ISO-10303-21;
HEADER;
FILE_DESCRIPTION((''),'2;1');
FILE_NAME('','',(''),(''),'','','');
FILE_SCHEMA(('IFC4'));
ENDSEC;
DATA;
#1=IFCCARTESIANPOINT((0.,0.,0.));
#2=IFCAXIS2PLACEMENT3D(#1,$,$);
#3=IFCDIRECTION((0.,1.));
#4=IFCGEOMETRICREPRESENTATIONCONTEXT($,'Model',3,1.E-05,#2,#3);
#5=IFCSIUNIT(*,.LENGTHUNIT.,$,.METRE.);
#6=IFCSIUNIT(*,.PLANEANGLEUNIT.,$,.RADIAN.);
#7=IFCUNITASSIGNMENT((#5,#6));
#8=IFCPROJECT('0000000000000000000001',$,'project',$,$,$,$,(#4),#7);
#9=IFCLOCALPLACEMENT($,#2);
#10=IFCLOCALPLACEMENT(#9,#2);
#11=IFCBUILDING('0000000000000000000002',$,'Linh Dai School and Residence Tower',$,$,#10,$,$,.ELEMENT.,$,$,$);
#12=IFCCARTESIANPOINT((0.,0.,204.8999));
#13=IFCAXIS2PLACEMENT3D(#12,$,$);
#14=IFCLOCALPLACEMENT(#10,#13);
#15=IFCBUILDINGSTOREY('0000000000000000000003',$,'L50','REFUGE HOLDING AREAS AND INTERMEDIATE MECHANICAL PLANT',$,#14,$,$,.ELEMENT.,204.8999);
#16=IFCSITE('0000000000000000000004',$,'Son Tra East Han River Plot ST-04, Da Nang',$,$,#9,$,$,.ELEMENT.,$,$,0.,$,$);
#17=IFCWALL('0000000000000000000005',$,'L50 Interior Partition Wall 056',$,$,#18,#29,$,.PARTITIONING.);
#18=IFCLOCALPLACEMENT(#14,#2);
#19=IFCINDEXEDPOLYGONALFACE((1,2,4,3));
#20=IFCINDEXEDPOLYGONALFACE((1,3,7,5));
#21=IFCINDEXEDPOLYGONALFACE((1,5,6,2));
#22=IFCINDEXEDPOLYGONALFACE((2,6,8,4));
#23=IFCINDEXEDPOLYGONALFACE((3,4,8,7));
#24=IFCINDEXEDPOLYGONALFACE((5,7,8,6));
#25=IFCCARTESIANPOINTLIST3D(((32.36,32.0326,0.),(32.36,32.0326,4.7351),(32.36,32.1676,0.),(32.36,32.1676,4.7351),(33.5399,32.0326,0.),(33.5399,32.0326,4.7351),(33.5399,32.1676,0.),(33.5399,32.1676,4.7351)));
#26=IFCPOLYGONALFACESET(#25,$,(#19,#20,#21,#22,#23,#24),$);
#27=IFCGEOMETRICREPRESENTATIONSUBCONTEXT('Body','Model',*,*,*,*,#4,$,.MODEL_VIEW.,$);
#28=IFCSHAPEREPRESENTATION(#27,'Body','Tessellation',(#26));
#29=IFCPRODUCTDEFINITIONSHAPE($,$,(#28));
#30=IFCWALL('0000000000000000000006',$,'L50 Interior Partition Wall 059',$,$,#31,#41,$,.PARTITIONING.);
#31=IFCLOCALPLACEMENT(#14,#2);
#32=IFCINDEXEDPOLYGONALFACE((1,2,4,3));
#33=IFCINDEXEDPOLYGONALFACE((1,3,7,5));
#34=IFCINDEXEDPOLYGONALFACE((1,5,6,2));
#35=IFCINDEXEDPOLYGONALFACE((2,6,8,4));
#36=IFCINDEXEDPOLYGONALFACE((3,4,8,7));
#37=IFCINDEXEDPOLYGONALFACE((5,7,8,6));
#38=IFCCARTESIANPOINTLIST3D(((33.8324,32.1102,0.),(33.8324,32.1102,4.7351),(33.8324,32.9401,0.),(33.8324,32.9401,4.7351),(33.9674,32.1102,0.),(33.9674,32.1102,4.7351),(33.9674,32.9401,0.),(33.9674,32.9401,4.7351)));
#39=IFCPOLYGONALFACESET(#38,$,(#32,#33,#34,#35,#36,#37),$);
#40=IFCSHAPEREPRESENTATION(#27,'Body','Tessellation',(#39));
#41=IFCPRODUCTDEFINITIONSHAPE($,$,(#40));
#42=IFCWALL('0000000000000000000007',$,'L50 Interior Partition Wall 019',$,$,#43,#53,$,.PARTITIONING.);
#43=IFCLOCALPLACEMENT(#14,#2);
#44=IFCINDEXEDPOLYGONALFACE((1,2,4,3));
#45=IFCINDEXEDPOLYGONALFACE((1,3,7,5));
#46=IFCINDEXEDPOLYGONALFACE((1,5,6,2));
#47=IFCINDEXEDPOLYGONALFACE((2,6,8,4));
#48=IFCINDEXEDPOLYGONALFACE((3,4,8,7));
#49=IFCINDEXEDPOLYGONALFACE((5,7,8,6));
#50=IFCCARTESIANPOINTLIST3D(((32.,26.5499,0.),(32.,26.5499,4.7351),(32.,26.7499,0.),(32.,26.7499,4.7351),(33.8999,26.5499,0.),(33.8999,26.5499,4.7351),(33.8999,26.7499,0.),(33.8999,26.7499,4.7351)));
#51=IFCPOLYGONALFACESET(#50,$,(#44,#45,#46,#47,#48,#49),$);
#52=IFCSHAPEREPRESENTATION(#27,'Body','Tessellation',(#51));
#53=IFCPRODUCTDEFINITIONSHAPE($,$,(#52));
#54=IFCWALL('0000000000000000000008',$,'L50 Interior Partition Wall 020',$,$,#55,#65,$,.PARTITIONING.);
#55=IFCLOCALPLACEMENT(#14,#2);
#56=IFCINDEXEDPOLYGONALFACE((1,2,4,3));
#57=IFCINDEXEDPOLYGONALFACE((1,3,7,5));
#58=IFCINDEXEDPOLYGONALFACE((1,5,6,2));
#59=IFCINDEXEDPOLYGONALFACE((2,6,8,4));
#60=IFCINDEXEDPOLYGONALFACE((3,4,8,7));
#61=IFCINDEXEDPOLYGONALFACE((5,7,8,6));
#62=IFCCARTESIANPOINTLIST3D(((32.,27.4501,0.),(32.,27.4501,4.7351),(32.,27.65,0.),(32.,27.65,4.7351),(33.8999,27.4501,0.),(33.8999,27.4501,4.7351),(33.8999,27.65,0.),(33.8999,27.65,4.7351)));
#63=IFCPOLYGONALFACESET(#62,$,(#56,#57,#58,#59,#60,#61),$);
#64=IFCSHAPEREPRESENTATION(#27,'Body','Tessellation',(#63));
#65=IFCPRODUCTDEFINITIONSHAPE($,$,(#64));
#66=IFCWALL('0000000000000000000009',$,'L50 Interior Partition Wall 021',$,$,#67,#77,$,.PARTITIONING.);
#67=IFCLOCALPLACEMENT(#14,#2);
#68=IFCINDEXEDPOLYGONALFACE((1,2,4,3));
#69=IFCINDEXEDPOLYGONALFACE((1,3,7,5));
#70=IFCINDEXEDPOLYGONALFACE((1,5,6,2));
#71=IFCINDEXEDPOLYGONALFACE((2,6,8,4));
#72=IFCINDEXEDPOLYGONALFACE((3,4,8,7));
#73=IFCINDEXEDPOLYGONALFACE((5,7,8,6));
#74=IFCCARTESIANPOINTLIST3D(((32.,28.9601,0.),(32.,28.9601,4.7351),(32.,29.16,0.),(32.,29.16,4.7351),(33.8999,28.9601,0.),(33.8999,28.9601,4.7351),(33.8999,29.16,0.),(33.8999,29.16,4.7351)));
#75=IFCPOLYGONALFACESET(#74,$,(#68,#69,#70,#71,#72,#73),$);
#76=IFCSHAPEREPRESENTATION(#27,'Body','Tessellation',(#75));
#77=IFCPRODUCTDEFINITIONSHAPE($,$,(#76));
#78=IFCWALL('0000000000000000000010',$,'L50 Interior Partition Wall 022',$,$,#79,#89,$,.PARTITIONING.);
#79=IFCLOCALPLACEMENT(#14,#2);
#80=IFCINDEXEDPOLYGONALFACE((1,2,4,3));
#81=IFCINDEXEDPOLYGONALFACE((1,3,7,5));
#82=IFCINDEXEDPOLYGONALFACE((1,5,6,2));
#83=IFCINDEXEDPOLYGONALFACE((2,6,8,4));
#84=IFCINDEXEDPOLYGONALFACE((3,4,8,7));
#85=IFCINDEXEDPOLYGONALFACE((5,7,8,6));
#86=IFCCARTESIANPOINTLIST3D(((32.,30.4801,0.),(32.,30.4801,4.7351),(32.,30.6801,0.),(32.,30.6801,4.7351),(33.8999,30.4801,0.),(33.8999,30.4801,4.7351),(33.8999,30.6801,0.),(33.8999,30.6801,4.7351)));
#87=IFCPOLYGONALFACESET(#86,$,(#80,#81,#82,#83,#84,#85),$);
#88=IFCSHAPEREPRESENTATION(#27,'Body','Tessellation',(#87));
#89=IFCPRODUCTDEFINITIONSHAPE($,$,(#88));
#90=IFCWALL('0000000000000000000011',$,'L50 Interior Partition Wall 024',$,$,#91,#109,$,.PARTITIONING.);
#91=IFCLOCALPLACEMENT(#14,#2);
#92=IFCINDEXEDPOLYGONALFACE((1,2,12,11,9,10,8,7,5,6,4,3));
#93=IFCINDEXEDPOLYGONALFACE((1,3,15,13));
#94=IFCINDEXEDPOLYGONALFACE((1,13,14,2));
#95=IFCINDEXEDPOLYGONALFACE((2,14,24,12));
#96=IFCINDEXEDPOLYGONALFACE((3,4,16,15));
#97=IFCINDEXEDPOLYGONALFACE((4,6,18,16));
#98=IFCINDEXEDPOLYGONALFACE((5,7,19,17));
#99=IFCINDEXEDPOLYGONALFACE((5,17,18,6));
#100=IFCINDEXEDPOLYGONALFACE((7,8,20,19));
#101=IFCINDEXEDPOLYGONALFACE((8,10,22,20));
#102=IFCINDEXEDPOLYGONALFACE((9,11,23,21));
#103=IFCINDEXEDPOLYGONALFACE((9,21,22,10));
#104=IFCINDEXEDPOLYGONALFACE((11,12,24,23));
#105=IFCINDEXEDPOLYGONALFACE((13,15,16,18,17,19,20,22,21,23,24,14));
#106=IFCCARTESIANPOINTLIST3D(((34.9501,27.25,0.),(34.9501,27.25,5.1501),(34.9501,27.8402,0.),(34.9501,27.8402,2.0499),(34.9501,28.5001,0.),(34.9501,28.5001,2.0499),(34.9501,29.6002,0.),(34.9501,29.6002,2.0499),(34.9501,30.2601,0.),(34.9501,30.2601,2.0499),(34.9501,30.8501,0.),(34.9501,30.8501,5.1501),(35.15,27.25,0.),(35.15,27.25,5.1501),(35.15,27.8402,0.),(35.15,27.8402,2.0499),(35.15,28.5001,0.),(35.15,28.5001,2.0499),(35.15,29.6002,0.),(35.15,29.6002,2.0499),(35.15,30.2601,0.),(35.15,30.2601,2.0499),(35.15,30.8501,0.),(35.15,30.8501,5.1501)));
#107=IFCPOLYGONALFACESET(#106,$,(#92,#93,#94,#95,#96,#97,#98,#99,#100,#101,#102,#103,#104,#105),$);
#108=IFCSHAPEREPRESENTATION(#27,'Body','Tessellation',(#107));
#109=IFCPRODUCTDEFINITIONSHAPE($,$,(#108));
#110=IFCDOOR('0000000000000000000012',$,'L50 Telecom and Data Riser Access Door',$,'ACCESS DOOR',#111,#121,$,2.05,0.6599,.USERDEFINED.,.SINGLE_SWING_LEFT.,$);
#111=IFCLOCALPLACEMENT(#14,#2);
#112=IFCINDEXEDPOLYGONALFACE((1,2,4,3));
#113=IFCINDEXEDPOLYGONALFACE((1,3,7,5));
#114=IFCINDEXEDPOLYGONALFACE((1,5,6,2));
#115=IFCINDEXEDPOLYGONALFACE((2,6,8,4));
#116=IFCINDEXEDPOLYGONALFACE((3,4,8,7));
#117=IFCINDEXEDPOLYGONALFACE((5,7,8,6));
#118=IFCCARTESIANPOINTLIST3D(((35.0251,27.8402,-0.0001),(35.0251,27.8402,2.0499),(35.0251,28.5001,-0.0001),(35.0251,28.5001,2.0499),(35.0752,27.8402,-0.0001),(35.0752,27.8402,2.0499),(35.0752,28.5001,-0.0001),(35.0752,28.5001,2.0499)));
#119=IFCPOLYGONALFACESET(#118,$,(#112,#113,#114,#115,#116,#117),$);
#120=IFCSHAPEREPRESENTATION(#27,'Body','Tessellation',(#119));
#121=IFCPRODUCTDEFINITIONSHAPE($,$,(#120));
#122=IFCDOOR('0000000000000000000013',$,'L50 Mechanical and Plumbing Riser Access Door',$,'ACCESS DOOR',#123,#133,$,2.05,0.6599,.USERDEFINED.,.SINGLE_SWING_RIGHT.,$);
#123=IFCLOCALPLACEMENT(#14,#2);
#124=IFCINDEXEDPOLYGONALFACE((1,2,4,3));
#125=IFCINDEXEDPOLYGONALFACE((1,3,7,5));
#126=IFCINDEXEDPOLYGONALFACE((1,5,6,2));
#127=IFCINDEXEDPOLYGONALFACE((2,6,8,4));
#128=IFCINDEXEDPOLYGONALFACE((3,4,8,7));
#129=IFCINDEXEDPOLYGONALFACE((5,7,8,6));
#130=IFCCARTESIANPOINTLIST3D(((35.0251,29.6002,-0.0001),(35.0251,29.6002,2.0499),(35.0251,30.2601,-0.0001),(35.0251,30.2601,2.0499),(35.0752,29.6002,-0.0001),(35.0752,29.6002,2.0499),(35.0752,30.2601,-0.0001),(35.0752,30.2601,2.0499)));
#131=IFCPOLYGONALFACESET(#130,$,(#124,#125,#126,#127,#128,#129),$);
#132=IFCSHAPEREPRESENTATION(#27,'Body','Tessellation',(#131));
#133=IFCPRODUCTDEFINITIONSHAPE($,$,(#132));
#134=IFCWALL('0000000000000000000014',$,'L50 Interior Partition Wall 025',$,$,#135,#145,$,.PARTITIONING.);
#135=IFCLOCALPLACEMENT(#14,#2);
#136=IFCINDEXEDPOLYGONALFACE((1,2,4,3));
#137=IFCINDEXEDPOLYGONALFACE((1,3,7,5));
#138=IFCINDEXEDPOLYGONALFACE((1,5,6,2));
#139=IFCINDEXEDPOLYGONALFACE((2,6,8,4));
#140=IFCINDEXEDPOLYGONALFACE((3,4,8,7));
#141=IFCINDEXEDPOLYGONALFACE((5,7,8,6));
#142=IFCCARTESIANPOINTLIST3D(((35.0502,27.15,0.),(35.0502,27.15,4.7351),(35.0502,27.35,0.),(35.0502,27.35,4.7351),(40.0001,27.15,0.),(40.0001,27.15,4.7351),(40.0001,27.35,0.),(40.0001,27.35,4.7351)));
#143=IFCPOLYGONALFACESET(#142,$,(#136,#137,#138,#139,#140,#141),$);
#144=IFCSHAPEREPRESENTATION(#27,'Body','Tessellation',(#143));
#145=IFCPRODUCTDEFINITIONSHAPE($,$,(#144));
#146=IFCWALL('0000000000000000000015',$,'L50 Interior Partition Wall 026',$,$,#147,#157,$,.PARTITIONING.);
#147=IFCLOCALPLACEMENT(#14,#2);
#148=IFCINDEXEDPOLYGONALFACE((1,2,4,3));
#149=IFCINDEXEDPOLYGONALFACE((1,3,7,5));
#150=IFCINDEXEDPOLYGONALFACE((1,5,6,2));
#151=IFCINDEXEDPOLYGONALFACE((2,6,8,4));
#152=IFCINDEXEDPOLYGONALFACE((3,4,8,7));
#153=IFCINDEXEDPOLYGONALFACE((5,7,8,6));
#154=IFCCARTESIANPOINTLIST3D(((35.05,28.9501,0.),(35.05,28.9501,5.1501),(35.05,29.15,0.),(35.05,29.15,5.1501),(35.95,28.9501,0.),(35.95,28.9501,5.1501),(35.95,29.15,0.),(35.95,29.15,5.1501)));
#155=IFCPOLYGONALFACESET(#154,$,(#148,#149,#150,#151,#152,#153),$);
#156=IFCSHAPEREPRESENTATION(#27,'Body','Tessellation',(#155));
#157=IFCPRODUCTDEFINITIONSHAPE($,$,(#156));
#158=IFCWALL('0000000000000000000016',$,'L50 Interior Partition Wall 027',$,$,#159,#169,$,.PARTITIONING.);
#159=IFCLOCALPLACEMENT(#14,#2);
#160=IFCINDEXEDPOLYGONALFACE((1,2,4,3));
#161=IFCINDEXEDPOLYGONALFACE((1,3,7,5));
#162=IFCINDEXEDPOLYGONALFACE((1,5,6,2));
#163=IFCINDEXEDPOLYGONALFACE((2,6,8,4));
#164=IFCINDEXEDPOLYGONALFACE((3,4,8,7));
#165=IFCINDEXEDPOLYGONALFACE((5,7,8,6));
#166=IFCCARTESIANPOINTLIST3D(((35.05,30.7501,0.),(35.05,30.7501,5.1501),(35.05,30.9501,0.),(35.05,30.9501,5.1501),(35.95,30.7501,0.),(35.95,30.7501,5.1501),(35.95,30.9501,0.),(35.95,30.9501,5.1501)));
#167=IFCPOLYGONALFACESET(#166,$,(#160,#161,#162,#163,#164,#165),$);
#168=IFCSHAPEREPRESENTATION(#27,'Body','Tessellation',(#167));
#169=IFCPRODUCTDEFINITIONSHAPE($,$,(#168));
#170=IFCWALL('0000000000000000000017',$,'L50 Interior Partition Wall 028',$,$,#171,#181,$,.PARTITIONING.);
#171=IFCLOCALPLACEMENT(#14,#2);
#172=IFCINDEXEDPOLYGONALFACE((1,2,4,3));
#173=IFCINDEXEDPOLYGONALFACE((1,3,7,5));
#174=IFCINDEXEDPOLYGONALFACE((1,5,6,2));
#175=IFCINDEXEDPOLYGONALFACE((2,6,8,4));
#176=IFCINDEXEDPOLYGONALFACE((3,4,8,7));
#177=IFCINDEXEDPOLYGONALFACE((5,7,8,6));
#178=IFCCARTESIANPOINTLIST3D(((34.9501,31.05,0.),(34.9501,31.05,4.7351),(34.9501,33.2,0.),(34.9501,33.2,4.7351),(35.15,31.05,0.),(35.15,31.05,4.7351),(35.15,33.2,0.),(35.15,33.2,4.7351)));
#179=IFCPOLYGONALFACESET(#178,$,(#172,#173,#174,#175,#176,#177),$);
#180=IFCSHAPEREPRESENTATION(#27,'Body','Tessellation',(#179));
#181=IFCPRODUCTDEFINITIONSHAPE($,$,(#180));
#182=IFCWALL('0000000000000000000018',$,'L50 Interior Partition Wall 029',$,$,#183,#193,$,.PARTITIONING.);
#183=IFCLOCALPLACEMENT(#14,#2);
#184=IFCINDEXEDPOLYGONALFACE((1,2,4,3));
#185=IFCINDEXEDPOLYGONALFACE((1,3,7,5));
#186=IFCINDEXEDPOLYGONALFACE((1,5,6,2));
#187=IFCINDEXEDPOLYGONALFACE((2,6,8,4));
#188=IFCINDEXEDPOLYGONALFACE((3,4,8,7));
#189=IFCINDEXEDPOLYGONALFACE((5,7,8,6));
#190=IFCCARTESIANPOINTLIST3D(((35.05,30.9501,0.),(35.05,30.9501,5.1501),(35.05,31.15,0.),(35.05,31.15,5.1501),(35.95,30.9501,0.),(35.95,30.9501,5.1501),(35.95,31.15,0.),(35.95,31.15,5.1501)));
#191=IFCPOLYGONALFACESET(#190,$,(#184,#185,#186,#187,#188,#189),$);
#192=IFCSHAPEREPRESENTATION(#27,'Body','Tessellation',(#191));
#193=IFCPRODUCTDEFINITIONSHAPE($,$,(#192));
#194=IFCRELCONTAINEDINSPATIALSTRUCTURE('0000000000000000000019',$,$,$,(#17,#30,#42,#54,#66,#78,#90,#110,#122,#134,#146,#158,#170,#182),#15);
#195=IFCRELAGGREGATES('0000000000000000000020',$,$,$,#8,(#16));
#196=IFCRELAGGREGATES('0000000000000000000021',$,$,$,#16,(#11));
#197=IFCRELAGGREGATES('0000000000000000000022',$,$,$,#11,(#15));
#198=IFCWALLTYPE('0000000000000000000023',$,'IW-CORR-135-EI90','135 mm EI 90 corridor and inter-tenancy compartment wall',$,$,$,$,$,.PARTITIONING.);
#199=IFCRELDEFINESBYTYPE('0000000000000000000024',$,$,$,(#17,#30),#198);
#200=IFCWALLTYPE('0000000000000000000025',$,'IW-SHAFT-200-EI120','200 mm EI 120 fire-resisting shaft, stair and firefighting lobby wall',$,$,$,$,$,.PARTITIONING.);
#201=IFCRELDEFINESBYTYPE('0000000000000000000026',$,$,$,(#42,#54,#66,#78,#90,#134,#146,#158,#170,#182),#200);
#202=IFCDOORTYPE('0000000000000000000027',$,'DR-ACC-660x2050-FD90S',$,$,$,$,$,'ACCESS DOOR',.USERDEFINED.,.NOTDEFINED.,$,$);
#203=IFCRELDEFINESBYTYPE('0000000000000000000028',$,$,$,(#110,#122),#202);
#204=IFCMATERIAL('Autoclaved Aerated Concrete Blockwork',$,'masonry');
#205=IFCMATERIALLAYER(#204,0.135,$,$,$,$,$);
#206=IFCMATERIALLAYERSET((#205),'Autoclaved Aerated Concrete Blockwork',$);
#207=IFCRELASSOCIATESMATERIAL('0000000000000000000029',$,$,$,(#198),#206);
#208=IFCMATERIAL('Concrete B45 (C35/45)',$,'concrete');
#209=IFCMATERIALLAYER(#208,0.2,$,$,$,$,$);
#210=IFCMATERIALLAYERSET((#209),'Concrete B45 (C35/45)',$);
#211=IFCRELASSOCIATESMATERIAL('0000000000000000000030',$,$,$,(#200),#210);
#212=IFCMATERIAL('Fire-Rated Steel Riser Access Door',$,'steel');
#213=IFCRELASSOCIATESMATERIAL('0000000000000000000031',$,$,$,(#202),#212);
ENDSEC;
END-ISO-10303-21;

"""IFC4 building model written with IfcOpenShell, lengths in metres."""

from ifc_helpers import new_model, si_unit, direction, frame, frame_2d, origin, origin_2d, place, context, subcontext, project, spatial, rectangle, extrude, source, transform, mapped, material, layer, layer_set, type_object, element, fill, save


model = new_model("IFC4")

# Units and contexts
model_context = context("Model", 3, precision=1e-05, world=origin(), true_north=direction((0.0, 1.0)))
body_context = subcontext(model_context, "Body", "Model", "MODEL_VIEW")
ifc_project = project(units=[si_unit("LENGTHUNIT", "METRE"), si_unit("PLANEANGLEUNIT", "RADIAN")], contexts=[model_context])

# Site, building, storey
site_placement = place(None, origin())
site = spatial("IfcSite", under=ifc_project, at=site_placement, Name="Son Tra East Han River Plot ST-04, Da Nang", CompositionType="ELEMENT", RefElevation=0.0)
building_placement = place(site_placement, origin())
building = spatial("IfcBuilding", under=site, at=building_placement, Name="Linh Dai School and Residence Tower", CompositionType="ELEMENT")
storey_placement = place(building_placement, frame((0.0, 0.0, 204.8999)))
storey = spatial("IfcBuildingStorey", under=building, at=storey_placement, Name="L50", Description="REFUGE HOLDING AREAS AND INTERMEDIATE MECHANICAL PLANT", CompositionType="ELEMENT", Elevation=204.8999)

# Walls
ifc_material_1 = material(Name="Autoclaved Aerated Concrete Blockwork", Category="masonry")
ifc_layer_1 = layer(ifc_material_1, 0.135)
ifc_layer_set_1 = layer_set([ifc_layer_1], Name="Autoclaved Aerated Concrete Blockwork")
wall_type_1 = type_object("IfcWallType", Name="IW-CORR-135-EI90", Description="135 mm EI 90 corridor and inter-tenancy compartment wall", PredefinedType="PARTITIONING", material=ifc_layer_set_1)
wall_1_placement = place(storey_placement, frame((32.3601, 32.1001, 0.0), z_axis=(0.0, 0.0, 1.0), x_axis=(1.0, 0.0, 0.0)))
element("IfcWall", 1, at=wall_1_placement, inside=storey, type_object=wall_type_1, Name="L50 Interior Partition Wall 056", PredefinedType="PARTITIONING", context=body_context, shape_type="SweptSolid", body=[
    extrude(rectangle(XDim=1.1799, YDim=0.135, at=frame_2d((0.5898, 0.0))), origin(), (0.0, 0.0, 1.0), 4.7351),
])
wall_2_placement = place(storey_placement, frame((33.8999, 32.1101, 0.0), z_axis=(0.0, 0.0, 1.0), x_axis=(0.0, 1.0, 0.0)))
element("IfcWall", 2, at=wall_2_placement, inside=storey, type_object=wall_type_1, Name="L50 Interior Partition Wall 059", PredefinedType="PARTITIONING", context=body_context, shape_type="SweptSolid", body=[
    extrude(rectangle(XDim=0.8298, YDim=0.135, at=frame_2d((0.415, 0.0))), origin(), (0.0, 0.0, 1.0), 4.7351),
])
ifc_material_2 = material(Name="Concrete B45 (C35/45)", Category="concrete")
ifc_layer_2 = layer(ifc_material_2, 0.2)
ifc_layer_set_2 = layer_set([ifc_layer_2], Name="Concrete B45 (C35/45)")
wall_type_2 = type_object("IfcWallType", Name="IW-SHAFT-200-EI120", Description="200 mm EI 120 fire-resisting shaft, stair and firefighting lobby wall", PredefinedType="PARTITIONING", material=ifc_layer_set_2)
for number, where, z_axis, x_axis, name in (
    (3, (32.0, 26.6499, 0.0), (0.0, 0.0, 1.0), (1.0, 0.0, 0.0), "L50 Interior Partition Wall 019"),
    (4, (32.0, 27.55, 0.0), (0.0, 0.0, 1.0), (1.0, 0.0, 0.0), "L50 Interior Partition Wall 020"),
    (5, (32.0, 29.0601, 0.0), (0.0, 0.0, 1.0), (1.0, 0.0, 0.0), "L50 Interior Partition Wall 021"),
    (6, (32.0, 30.5801, 0.0), (0.0, 0.0, 1.0), (1.0, 0.0, 0.0), "L50 Interior Partition Wall 022"),
):
    element("IfcWall", number, at=place(storey_placement, frame(where, z_axis=z_axis, x_axis=x_axis)), inside=storey, type_object=wall_type_2, Name=name, PredefinedType="PARTITIONING", context=body_context, shape_type="SweptSolid", body=[
        extrude(rectangle(XDim=1.8999, YDim=0.2, at=frame_2d((0.95, 0.0))), origin(), (0.0, 0.0, 1.0), 4.7351),
    ])

# Wall, openings, doors
wall_3_placement = place(storey_placement, frame((35.05, 27.25, 0.0), z_axis=(0.0, 0.0, 1.0), x_axis=(0.0, 1.0, 0.0)))
wall_3 = element("IfcWall", 7, at=wall_3_placement, inside=storey, type_object=wall_type_2, Name="L50 Interior Partition Wall 024", PredefinedType="PARTITIONING", context=body_context, shape_type="SweptSolid", body=[
    extrude(rectangle(XDim=3.6001, YDim=0.2, at=frame_2d((1.8, 0.0))), origin(), (0.0, 0.0, 1.0), 5.1501),
])
opening_1_placement = place(wall_3_placement, frame((0.5901, 0.0, 0.0)))
opening_1 = element("IfcOpeningElement", 8, at=opening_1_placement, cuts=wall_3, PredefinedType="OPENING", context=body_context, shape_type="SweptSolid", body=[
    extrude(rectangle(XDim=0.6599, YDim=2.05, at=origin_2d()), frame((0.3301, 0.1099, 1.0249), z_axis=(0.0, -1.0, 0.0), x_axis=(1.0, 0.0, 0.0)), (0.0, 0.0, 1.0), 0.22),
])
opening_2_placement = place(wall_3_placement, frame((2.3501, 0.0, 0.0)))
opening_2 = element("IfcOpeningElement", 9, at=opening_2_placement, cuts=wall_3, PredefinedType="OPENING", context=body_context, shape_type="SweptSolid", body=[
    extrude(rectangle(XDim=0.6599, YDim=2.05, at=origin_2d()), frame((0.3301, 0.1099, 1.0249), z_axis=(0.0, -1.0, 0.0), x_axis=(1.0, 0.0, 0.0)), (0.0, 0.0, 1.0), 0.22),
])
ifc_material_3 = material(Name="Fire-Rated Steel Riser Access Door", Category="steel")
door_type = type_object("IfcDoorType", Name="DR-ACC-660x2050-FD90S", ElementType="ACCESS DOOR", OperationType="NOTDEFINED", PredefinedType="USERDEFINED", material=ifc_material_3)
shared_shape_1 = source(origin(), body_context, "Body", "SweptSolid", [
    extrude(rectangle(XDim=0.6599, YDim=2.05, at=origin_2d()), frame((0.3301, 0.0249, 1.0249), z_axis=(0.0, -1.0, 0.0), x_axis=(1.0, 0.0, 0.0)), (0.0, 0.0, 1.0), 0.05),
])
door_1_placement = place(opening_1_placement, origin())
door_1 = element("IfcDoor", 10, at=door_1_placement, inside=storey, type_object=door_type, Name="L50 Telecom and Data Riser Access Door", ObjectType="ACCESS DOOR", OperationType="SINGLE_SWING_LEFT", OverallHeight=2.05, OverallWidth=0.6599, PredefinedType="USERDEFINED", context=body_context, shape_type="MappedRepresentation", body=[
    mapped(shared_shape_1, transform((0.0, 0.0, 0.0), x_axis=(1.0, 0.0, 0.0), y_axis=(0.0, 1.0, 0.0), z_axis=(0.0, 0.0, 1.0), scale=1.0)),
])
fill(opening_1, door_1)
door_2_placement = place(opening_2_placement, origin())
door_2 = element("IfcDoor", 11, at=door_2_placement, inside=storey, type_object=door_type, Name="L50 Mechanical and Plumbing Riser Access Door", ObjectType="ACCESS DOOR", OperationType="SINGLE_SWING_RIGHT", OverallHeight=2.05, OverallWidth=0.6599, PredefinedType="USERDEFINED", context=body_context, shape_type="MappedRepresentation", body=[
    mapped(shared_shape_1, transform((0.0, 0.0, 0.0), x_axis=(1.0, 0.0, 0.0), y_axis=(0.0, 1.0, 0.0), z_axis=(0.0, 0.0, 1.0), scale=1.0)),
])
fill(opening_2, door_2)

# Walls
wall_4_placement = place(storey_placement, frame((35.05, 27.25, 0.0), z_axis=(0.0, 0.0, 1.0), x_axis=(1.0, 0.0, 0.0)))
element("IfcWall", 12, at=wall_4_placement, inside=storey, type_object=wall_type_2, Name="L50 Interior Partition Wall 025", PredefinedType="PARTITIONING", context=body_context, shape_type="SweptSolid", body=[
    extrude(rectangle(XDim=4.95, YDim=0.2, at=frame_2d((2.4751, 0.0))), origin(), (0.0, 0.0, 1.0), 4.7351),
])
for number, where, z_axis, x_axis, name in (
    (13, (35.05, 29.05, 0.0), (0.0, 0.0, 1.0), (1.0, 0.0, 0.0), "L50 Interior Partition Wall 026"),
    (14, (35.05, 30.8501, 0.0), (0.0, 0.0, 1.0), (1.0, 0.0, 0.0), "L50 Interior Partition Wall 027"),
):
    element("IfcWall", number, at=place(storey_placement, frame(where, z_axis=z_axis, x_axis=x_axis)), inside=storey, type_object=wall_type_2, Name=name, PredefinedType="PARTITIONING", context=body_context, shape_type="SweptSolid", body=[
        extrude(rectangle(XDim=0.8999, YDim=0.2, at=frame_2d((0.45, 0.0))), origin(), (0.0, 0.0, 1.0), 5.1501),
    ])
wall_5_placement = place(storey_placement, frame((35.05, 31.05, 0.0), z_axis=(0.0, 0.0, 1.0), x_axis=(0.0, 1.0, 0.0)))
element("IfcWall", 15, at=wall_5_placement, inside=storey, type_object=wall_type_2, Name="L50 Interior Partition Wall 028", PredefinedType="PARTITIONING", context=body_context, shape_type="SweptSolid", body=[
    extrude(rectangle(XDim=2.1499, YDim=0.2, at=frame_2d((1.075, 0.0))), origin(), (0.0, 0.0, 1.0), 4.7351),
])
wall_6_placement = place(storey_placement, frame((35.05, 31.05, 0.0), z_axis=(0.0, 0.0, 1.0), x_axis=(1.0, 0.0, 0.0)))
element("IfcWall", 16, at=wall_6_placement, inside=storey, type_object=wall_type_2, Name="L50 Interior Partition Wall 029", PredefinedType="PARTITIONING", context=body_context, shape_type="SweptSolid", body=[
    extrude(rectangle(XDim=0.8999, YDim=0.2, at=frame_2d((0.45, 0.0))), origin(), (0.0, 0.0, 1.0), 5.1501),
])

save(model, "model.ifc")
